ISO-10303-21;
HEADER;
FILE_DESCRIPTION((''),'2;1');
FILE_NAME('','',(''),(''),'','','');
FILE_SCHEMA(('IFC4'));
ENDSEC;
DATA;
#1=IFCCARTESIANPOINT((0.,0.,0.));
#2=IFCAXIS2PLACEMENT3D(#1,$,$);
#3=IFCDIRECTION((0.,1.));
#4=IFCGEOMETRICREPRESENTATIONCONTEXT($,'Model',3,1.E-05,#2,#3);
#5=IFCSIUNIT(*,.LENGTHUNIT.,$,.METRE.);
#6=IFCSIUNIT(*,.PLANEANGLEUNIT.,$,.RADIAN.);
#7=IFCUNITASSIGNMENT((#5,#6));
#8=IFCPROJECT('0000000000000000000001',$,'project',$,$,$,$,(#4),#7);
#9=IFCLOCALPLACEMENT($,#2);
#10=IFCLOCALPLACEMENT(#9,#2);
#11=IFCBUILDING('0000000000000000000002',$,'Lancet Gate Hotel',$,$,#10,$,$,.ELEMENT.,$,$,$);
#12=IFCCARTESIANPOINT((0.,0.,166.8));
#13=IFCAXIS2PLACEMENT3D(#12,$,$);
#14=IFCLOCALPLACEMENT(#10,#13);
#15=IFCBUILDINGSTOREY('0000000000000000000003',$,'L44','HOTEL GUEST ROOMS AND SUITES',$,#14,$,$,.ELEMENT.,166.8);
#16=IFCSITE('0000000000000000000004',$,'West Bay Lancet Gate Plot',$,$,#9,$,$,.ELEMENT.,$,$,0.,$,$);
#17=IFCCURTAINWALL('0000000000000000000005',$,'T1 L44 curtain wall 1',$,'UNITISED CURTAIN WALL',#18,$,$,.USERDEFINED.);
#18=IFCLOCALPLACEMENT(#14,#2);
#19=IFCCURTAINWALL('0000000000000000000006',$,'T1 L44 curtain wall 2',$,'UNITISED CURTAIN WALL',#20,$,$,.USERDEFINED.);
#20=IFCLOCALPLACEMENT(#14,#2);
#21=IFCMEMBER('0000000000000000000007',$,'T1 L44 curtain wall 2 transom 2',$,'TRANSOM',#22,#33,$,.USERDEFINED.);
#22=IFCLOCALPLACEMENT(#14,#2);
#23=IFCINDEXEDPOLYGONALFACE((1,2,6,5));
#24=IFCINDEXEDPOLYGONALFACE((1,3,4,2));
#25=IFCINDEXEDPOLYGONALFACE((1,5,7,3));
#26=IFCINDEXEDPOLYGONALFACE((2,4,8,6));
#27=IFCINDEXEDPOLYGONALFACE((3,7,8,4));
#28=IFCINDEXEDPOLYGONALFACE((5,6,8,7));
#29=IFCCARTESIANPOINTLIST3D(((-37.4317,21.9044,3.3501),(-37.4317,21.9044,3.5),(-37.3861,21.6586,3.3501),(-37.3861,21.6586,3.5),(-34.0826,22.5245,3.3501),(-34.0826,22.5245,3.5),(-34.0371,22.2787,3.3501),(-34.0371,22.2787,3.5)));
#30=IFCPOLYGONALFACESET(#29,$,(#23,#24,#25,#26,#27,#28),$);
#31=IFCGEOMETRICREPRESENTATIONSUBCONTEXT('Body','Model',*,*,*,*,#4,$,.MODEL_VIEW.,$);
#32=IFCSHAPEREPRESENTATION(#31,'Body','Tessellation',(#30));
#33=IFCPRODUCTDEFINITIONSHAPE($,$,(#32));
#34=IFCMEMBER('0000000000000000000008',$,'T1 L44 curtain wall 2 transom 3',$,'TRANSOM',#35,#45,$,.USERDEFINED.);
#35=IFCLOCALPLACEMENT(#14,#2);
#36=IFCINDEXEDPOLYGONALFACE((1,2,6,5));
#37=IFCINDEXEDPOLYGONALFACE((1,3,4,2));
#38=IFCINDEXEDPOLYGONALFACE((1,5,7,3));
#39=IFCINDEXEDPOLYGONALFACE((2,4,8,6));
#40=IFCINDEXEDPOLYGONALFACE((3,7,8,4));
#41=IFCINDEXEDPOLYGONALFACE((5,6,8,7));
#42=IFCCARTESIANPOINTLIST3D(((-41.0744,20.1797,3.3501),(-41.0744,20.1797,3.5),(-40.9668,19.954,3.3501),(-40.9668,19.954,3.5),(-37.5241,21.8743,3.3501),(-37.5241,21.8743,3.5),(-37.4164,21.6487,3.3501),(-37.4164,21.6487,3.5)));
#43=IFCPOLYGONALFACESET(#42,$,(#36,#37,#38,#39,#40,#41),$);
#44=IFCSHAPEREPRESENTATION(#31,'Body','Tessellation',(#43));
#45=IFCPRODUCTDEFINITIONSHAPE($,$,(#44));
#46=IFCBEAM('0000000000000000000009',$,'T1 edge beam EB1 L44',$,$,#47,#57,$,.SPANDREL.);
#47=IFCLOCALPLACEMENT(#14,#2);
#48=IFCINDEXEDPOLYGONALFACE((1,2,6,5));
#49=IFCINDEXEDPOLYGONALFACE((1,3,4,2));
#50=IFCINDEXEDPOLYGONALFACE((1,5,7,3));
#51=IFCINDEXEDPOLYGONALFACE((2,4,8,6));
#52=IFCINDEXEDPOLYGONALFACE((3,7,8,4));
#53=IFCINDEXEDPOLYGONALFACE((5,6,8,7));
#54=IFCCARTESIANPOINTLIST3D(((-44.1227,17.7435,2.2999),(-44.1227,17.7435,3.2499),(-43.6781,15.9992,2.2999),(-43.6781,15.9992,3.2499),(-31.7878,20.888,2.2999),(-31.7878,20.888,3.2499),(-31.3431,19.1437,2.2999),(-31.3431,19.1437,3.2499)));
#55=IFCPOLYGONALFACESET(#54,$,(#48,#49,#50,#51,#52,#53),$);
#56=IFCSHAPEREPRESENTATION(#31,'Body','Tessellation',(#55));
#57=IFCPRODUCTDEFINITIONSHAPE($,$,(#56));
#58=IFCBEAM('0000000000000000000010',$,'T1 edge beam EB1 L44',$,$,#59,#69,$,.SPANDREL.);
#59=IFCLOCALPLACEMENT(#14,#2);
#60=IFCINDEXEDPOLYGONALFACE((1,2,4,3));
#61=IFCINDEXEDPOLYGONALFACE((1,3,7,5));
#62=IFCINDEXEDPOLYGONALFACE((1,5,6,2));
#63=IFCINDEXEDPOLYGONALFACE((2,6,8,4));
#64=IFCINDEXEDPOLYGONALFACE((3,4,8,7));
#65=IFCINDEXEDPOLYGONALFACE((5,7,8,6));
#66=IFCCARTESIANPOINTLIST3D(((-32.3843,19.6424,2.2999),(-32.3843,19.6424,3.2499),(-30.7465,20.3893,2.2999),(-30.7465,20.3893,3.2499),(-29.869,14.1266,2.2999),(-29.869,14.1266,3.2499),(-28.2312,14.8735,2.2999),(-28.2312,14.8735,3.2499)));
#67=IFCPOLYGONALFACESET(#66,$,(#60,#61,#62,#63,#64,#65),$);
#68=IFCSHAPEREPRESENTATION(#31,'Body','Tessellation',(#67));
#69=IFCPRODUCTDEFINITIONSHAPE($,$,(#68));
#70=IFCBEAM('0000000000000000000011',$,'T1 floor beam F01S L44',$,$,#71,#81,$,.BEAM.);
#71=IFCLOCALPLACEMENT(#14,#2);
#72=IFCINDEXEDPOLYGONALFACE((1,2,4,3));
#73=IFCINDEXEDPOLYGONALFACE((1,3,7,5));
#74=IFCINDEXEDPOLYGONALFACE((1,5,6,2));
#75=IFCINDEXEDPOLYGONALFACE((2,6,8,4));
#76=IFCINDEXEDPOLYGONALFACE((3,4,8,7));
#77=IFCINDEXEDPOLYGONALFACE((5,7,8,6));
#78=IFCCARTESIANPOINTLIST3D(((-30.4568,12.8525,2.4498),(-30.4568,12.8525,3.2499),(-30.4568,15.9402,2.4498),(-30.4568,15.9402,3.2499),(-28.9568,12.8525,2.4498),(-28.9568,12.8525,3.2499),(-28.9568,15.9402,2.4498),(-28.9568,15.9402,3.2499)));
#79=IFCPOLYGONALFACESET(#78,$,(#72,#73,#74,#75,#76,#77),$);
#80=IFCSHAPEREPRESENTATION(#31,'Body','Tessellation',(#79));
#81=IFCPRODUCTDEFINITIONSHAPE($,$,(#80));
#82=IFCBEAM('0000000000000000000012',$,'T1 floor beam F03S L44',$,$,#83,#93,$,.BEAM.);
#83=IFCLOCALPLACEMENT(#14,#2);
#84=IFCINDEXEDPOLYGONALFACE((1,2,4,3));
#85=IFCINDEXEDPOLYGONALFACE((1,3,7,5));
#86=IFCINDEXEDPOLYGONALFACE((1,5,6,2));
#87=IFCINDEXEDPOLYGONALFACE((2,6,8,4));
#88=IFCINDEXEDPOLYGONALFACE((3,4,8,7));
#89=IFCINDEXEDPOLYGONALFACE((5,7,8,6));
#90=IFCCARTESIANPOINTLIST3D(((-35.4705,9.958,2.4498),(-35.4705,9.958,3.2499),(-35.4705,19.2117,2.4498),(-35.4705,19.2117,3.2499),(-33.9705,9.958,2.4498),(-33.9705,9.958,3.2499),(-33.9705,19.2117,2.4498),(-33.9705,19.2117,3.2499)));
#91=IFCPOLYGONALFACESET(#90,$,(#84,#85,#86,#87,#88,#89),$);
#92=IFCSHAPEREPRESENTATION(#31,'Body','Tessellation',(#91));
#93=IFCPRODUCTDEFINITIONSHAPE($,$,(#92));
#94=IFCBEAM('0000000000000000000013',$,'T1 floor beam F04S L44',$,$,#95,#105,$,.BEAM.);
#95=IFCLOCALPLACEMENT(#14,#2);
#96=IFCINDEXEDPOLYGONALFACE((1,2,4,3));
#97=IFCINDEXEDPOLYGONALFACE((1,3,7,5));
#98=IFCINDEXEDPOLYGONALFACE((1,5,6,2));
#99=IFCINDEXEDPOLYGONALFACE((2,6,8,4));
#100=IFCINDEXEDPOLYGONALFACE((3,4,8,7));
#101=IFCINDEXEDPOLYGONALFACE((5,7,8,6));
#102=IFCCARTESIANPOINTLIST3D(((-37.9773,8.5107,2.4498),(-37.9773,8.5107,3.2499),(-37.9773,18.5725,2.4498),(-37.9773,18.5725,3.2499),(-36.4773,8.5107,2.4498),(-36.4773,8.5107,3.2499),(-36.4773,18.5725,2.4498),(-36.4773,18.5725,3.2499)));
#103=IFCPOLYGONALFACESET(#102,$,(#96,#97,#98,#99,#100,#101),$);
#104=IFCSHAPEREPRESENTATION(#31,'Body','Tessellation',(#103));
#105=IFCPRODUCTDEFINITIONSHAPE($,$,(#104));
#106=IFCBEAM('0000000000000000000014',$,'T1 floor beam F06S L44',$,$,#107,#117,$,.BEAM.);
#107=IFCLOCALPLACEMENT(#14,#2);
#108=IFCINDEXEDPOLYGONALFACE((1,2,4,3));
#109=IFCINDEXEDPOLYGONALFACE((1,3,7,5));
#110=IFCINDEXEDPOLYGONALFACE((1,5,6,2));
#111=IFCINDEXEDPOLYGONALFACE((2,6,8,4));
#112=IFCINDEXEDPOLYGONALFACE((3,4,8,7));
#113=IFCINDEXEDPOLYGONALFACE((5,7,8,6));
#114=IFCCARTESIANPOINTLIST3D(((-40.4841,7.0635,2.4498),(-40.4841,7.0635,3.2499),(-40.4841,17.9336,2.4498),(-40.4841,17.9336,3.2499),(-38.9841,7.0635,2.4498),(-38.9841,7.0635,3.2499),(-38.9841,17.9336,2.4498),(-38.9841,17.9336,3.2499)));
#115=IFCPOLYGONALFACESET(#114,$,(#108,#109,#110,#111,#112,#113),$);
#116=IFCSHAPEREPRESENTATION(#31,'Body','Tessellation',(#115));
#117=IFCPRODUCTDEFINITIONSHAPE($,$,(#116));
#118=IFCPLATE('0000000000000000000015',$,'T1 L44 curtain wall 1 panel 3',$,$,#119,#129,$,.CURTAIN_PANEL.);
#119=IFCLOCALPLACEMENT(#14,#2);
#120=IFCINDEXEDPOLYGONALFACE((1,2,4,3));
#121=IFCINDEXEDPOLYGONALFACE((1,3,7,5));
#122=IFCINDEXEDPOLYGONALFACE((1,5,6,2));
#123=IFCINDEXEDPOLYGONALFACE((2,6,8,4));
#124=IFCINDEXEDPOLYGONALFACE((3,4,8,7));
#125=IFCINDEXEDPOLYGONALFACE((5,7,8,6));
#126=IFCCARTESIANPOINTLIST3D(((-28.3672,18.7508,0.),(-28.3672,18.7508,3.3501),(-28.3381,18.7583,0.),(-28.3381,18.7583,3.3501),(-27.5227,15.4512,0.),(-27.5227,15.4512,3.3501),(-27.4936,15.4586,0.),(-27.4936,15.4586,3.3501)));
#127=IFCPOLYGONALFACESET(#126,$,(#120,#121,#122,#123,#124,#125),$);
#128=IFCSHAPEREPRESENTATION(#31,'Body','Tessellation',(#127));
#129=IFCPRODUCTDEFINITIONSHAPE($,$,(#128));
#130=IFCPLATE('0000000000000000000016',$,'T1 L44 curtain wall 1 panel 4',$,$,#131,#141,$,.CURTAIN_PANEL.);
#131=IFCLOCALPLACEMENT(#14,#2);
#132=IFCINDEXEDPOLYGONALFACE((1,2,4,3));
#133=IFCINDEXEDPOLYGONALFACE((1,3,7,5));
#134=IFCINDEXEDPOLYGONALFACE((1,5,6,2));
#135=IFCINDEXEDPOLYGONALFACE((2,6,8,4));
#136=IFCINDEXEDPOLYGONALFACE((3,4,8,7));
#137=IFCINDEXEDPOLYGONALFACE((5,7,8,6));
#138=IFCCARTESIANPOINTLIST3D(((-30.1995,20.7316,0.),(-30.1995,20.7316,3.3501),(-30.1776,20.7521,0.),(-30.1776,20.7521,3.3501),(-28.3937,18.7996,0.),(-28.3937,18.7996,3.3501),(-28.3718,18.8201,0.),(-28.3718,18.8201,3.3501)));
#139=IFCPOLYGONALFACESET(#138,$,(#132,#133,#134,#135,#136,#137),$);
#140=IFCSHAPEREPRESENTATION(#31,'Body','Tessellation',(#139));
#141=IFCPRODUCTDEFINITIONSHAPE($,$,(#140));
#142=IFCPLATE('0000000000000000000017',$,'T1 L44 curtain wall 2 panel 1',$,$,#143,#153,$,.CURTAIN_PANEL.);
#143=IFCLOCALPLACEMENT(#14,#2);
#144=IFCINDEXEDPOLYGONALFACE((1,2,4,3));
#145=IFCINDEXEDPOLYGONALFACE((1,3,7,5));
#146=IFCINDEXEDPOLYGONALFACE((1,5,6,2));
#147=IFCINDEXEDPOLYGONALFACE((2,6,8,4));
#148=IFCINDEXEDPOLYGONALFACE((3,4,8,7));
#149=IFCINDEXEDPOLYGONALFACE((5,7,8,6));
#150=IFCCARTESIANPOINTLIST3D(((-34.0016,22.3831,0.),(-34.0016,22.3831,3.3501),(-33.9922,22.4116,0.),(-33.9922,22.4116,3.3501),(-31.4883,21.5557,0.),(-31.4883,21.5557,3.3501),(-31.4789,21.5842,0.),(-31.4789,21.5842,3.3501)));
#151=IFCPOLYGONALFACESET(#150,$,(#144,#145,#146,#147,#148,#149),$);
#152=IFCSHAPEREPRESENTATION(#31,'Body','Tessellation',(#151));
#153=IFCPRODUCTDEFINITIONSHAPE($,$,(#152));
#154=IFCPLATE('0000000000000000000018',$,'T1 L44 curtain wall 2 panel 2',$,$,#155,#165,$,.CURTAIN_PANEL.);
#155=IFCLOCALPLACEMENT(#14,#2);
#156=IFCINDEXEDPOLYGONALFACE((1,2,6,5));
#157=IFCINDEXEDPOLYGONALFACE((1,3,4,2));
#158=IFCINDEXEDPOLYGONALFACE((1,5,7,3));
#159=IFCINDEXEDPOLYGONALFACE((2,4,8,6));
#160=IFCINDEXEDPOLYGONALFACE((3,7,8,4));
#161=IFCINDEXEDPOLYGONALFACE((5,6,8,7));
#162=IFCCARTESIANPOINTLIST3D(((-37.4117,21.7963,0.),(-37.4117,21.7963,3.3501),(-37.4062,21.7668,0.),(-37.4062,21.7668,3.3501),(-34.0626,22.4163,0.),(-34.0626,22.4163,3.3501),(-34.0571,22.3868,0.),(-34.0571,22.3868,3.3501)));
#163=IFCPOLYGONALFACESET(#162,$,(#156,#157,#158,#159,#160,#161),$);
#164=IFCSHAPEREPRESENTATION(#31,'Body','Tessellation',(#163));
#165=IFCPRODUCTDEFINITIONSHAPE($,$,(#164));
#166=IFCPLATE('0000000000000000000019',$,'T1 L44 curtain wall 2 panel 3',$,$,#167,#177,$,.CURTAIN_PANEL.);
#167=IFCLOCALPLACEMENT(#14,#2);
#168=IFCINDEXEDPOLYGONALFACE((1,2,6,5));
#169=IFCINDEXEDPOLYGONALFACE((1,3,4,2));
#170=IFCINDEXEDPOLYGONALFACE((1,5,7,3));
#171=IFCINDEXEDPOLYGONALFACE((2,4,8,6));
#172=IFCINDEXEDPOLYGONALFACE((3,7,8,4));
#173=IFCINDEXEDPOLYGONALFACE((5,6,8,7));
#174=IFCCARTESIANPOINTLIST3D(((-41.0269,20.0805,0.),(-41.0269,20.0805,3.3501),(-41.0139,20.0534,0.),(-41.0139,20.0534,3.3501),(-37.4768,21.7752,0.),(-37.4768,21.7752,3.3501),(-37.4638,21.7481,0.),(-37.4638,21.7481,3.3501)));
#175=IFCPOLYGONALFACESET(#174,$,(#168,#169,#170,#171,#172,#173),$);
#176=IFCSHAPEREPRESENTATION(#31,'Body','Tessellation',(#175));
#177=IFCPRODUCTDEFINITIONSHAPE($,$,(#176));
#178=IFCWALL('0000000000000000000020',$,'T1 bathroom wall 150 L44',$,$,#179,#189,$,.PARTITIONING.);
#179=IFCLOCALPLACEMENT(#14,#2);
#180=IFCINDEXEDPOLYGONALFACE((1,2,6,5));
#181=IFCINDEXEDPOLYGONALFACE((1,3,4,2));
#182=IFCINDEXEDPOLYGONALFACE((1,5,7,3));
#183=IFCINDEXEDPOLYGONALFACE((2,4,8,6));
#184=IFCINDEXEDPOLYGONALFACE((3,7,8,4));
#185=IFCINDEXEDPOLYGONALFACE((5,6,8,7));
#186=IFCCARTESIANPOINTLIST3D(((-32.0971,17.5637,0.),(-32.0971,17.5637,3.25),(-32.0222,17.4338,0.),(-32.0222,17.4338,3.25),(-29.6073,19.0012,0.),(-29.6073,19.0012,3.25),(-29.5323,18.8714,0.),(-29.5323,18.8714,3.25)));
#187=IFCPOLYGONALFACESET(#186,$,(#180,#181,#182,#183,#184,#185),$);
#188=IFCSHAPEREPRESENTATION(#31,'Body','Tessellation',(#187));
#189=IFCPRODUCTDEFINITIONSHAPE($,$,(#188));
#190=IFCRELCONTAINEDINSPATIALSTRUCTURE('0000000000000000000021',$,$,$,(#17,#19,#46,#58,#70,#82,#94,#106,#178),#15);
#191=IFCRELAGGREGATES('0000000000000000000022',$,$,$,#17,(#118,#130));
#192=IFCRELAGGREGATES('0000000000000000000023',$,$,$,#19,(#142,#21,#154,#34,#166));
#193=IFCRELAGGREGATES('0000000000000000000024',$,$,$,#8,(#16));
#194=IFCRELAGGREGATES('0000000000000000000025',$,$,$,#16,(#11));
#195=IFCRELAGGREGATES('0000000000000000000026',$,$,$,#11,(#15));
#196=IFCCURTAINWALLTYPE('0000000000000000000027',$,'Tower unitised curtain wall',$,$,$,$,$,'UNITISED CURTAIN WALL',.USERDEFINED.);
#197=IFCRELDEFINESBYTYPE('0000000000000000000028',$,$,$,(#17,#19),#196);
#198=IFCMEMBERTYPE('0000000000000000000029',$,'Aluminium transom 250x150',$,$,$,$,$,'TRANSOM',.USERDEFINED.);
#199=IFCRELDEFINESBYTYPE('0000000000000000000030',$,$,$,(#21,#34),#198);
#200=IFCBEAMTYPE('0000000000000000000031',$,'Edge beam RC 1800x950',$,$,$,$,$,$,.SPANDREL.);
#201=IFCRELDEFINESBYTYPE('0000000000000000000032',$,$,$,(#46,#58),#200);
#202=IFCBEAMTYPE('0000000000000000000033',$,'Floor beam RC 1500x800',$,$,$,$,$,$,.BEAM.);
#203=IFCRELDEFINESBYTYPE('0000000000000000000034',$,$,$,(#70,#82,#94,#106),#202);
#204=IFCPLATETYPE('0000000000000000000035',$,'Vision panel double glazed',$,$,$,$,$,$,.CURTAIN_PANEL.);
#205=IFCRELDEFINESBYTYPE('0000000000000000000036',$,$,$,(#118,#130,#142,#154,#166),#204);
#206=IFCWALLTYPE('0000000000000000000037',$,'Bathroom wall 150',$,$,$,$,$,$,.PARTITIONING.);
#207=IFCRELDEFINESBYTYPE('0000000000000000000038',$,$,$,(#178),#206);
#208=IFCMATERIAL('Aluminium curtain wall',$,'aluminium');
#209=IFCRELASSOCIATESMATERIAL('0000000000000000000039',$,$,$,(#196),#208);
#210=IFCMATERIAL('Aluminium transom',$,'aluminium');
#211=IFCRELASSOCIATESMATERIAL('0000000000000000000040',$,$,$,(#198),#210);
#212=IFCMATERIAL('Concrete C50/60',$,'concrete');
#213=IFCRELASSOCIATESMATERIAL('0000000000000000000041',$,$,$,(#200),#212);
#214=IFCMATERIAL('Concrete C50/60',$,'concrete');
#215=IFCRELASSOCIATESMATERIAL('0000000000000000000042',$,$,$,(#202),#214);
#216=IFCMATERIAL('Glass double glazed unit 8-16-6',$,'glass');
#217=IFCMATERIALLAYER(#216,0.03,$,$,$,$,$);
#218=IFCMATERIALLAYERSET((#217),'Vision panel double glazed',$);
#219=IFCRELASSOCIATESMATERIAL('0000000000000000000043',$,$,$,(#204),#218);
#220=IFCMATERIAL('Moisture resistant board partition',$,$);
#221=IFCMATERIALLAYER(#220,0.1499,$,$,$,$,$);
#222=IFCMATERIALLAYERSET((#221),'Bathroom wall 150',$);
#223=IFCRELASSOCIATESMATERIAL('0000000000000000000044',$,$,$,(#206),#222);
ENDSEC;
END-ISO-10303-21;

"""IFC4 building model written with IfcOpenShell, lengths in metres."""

from ifc_helpers import new_model, si_unit, direction, frame, frame_2d, origin, origin_2d, place, context, subcontext, project, spatial, rectangle, extrude, material, layer, layer_set, material_profile, profile_set, type_object, element, aggregate, save


model = new_model("IFC4")

# Units and contexts
model_context = context("Model", 3, precision=1e-05, world=origin(), true_north=direction((0.0, 1.0)))
body_context = subcontext(model_context, "Body", "Model", "MODEL_VIEW")
ifc_project = project(units=[si_unit("LENGTHUNIT", "METRE"), si_unit("PLANEANGLEUNIT", "RADIAN")], contexts=[model_context])

# Site, building, storey
site_placement = place(None, origin())
site = spatial("IfcSite", under=ifc_project, at=site_placement, Name="West Bay Lancet Gate Plot", CompositionType="ELEMENT", RefElevation=0.0)
building_placement = place(site_placement, origin())
building = spatial("IfcBuilding", under=site, at=building_placement, Name="Lancet Gate Hotel", CompositionType="ELEMENT")
storey_placement = place(building_placement, frame((0.0, 0.0, 166.8)))
storey = spatial("IfcBuildingStorey", under=building, at=storey_placement, Name="L44", Description="HOTEL GUEST ROOMS AND SUITES", CompositionType="ELEMENT", Elevation=166.8)

# Curtain walls
ifc_material_1 = material(Name="Aluminium curtain wall", Category="aluminium")
curtain_wall_type = type_object("IfcCurtainWallType", Name="Tower unitised curtain wall", ElementType="UNITISED CURTAIN WALL", PredefinedType="USERDEFINED", material=ifc_material_1)
curtain_wall_1_placement = place(storey_placement, origin())
curtain_wall_1 = element("IfcCurtainWall", 1, at=curtain_wall_1_placement, inside=storey, type_object=curtain_wall_type, Name="T1 L44 curtain wall 1", ObjectType="UNITISED CURTAIN WALL", PredefinedType="USERDEFINED")
curtain_wall_2_placement = place(storey_placement, origin())
curtain_wall_2 = element("IfcCurtainWall", 2, at=curtain_wall_2_placement, inside=storey, type_object=curtain_wall_type, Name="T1 L44 curtain wall 2", ObjectType="UNITISED CURTAIN WALL", PredefinedType="USERDEFINED")

# Members
ifc_material_2 = material(Name="Aluminium transom", Category="aluminium")
ifc_material_profile_1 = material_profile(ifc_material_2, rectangle(XDim=0.25, YDim=0.1499, at=origin_2d()), Name="TRANSOM 250x150")
ifc_profile_set_1 = profile_set([ifc_material_profile_1], Name="Aluminium transom")
member_type_1 = type_object("IfcMemberType", Name="Aluminium transom 250x150", ElementType="TRANSOM", PredefinedType="USERDEFINED", material=ifc_profile_set_1)
member_1_placement = place(storey_placement, frame((-34.0598, 22.4016, 3.425), z_axis=(-0.983287, -0.182064, 0.0), x_axis=(0.182064, -0.983287, 0.0)))
member_1 = element("IfcMember", 3, at=member_1_placement, type_object=member_type_1, Name="T1 L44 curtain wall 2 transom 2", ObjectType="TRANSOM", PredefinedType="USERDEFINED", context=body_context, shape_type="SweptSolid", body=[
    extrude(rectangle(XDim=0.25, YDim=0.1499, at=origin_2d()), origin(), (0.0, 0.0, 1.0), 3.406),
])
member_2_placement = place(storey_placement, frame((-37.4702, 21.7615, 3.425), z_axis=(-0.902469, -0.430755, 0.0), x_axis=(0.430755, -0.902469, 0.0)))
member_2 = element("IfcMember", 4, at=member_2_placement, type_object=member_type_1, Name="T1 L44 curtain wall 2 transom 3", ObjectType="TRANSOM", PredefinedType="USERDEFINED", context=body_context, shape_type="SweptSolid", body=[
    extrude(rectangle(XDim=0.25, YDim=0.1499, at=origin_2d()), origin(), (0.0, 0.0, 1.0), 3.9341),
])

# Beams
ifc_material_3 = material(Name="Concrete C50/60", Category="concrete")
ifc_material_profile_2 = material_profile(ifc_material_3, rectangle(XDim=1.8, YDim=0.95, at=origin_2d()), Name="RC 1800x950")
ifc_profile_set_2 = profile_set([ifc_material_profile_2], Name="Concrete C50/60")
beam_type_1 = type_object("IfcBeamType", Name="Edge beam RC 1800x950", PredefinedType="SPANDREL", material=ifc_profile_set_2)
beam_1_placement = place(storey_placement, frame((-31.5654, 20.0159, 2.7749), z_axis=(-0.969008, -0.247028, 0.0), x_axis=(0.247028, -0.969008, 0.0)))
element("IfcBeam", 5, at=beam_1_placement, inside=storey, type_object=beam_type_1, Name="T1 edge beam EB1 L44", PredefinedType="SPANDREL", context=body_context, shape_type="SweptSolid", body=[
    extrude(rectangle(XDim=1.8, YDim=0.95, at=origin_2d()), origin(), (0.0, 0.0, 1.0), 12.7295),
])
beam_2_placement = place(storey_placement, frame((-31.5654, 20.0159, 2.7749), z_axis=(0.414919, -0.909858, 0.0), x_axis=(0.909858, 0.414919, 0.0)))
element("IfcBeam", 6, at=beam_2_placement, inside=storey, type_object=beam_type_1, Name="T1 edge beam EB1 L44", PredefinedType="SPANDREL", context=body_context, shape_type="SweptSolid", body=[
    extrude(rectangle(XDim=1.8, YDim=0.95, at=origin_2d()), origin(), (0.0, 0.0, 1.0), 6.0623),
])
ifc_material_4 = material(Name="Concrete C50/60", Category="concrete")
ifc_material_profile_3 = material_profile(ifc_material_4, rectangle(XDim=1.5, YDim=0.8, at=origin_2d()), Name="RC 1500x800")
ifc_profile_set_3 = profile_set([ifc_material_profile_3], Name="Concrete C50/60")
beam_type_2 = type_object("IfcBeamType", Name="Floor beam RC 1500x800", PredefinedType="BEAM", material=ifc_profile_set_3)
beam_3_placement = place(storey_placement, frame((-29.7068, 15.9402, 2.8499), z_axis=(0.0, -1.0, 0.0), x_axis=(1.0, 0.0, 0.0)))
element("IfcBeam", 7, at=beam_3_placement, inside=storey, type_object=beam_type_2, Name="T1 floor beam F01S L44", PredefinedType="BEAM", context=body_context, shape_type="SweptSolid", body=[
    extrude(rectangle(XDim=1.5, YDim=0.8, at=origin_2d()), origin(), (0.0, 0.0, 1.0), 3.0876),
])
beam_4_placement = place(storey_placement, frame((-34.7205, 19.2117, 2.8499), z_axis=(0.0, -1.0, 0.0), x_axis=(1.0, 0.0, 0.0)))
element("IfcBeam", 8, at=beam_4_placement, inside=storey, type_object=beam_type_2, Name="T1 floor beam F03S L44", PredefinedType="BEAM", context=body_context, shape_type="SweptSolid", body=[
    extrude(rectangle(XDim=1.5, YDim=0.8, at=origin_2d()), origin(), (0.0, 0.0, 1.0), 9.2537),
])
beam_5_placement = place(storey_placement, frame((-37.2273, 18.5725, 2.8499), z_axis=(0.0, -1.0, 0.0), x_axis=(1.0, 0.0, 0.0)))
element("IfcBeam", 9, at=beam_5_placement, inside=storey, type_object=beam_type_2, Name="T1 floor beam F04S L44", PredefinedType="BEAM", context=body_context, shape_type="SweptSolid", body=[
    extrude(rectangle(XDim=1.5, YDim=0.8, at=origin_2d()), origin(), (0.0, 0.0, 1.0), 10.0618),
])
beam_6_placement = place(storey_placement, frame((-39.7341, 17.9336, 2.8499), z_axis=(0.0, -1.0, 0.0), x_axis=(1.0, 0.0, 0.0)))
element("IfcBeam", 10, at=beam_6_placement, inside=storey, type_object=beam_type_2, Name="T1 floor beam F06S L44", PredefinedType="BEAM", context=body_context, shape_type="SweptSolid", body=[
    extrude(rectangle(XDim=1.5, YDim=0.8, at=origin_2d()), origin(), (0.0, 0.0, 1.0), 10.8701),
])

# Plates
ifc_material_5 = material(Name="Glass double glazed unit 8-16-6", Category="glass")
ifc_layer_1 = layer(ifc_material_5, 0.03)
ifc_layer_set_1 = layer_set([ifc_layer_1], Name="Vision panel double glazed")
plate_type = type_object("IfcPlateType", Name="Vision panel double glazed", PredefinedType="CURTAIN_PANEL", material=ifc_layer_set_1)
plate_1_placement = place(storey_placement, frame((-27.9304, 17.1047, 0.0), z_axis=(0.0, 0.0, 1.0), x_axis=(-0.247937, 0.968776, 0.0)))
plate_1 = element("IfcPlate", 11, at=plate_1_placement, type_object=plate_type, Name="T1 L44 curtain wall 1 panel 3", PredefinedType="CURTAIN_PANEL", context=body_context, shape_type="SweptSolid", body=[
    extrude(rectangle(XDim=3.406, YDim=0.03, at=origin_2d()), origin(), (0.0, 0.0, 1.0), 3.3501),
])
plate_2_placement = place(storey_placement, frame((-29.2856, 19.7759, 0.0), z_axis=(0.0, 0.0, 1.0), x_axis=(-0.682845, 0.730563, 0.0)))
plate_2 = element("IfcPlate", 12, at=plate_2_placement, type_object=plate_type, Name="T1 L44 curtain wall 1 panel 4", PredefinedType="CURTAIN_PANEL", context=body_context, shape_type="SweptSolid", body=[
    extrude(rectangle(XDim=2.6445, YDim=0.03, at=origin_2d()), origin(), (0.0, 0.0, 1.0), 3.3501),
])
aggregate(curtain_wall_1, [plate_1, plate_2])
plate_3_placement = place(storey_placement, frame((-32.7402, 21.9836, 0.0), z_axis=(0.0, 0.0, 1.0), x_axis=(-0.949848, 0.312712, 0.0)))
plate_3 = element("IfcPlate", 13, at=plate_3_placement, type_object=plate_type, Name="T1 L44 curtain wall 2 panel 1", PredefinedType="CURTAIN_PANEL", context=body_context, shape_type="SweptSolid", body=[
    extrude(rectangle(XDim=2.646, YDim=0.03, at=origin_2d()), origin(), (0.0, 0.0, 1.0), 3.3501),
])
plate_4_placement = place(storey_placement, frame((-35.7344, 22.0916, 0.0), z_axis=(0.0, 0.0, 1.0), x_axis=(-0.983292, -0.182033, 0.0)))
plate_4 = element("IfcPlate", 14, at=plate_4_placement, type_object=plate_type, Name="T1 L44 curtain wall 2 panel 2", PredefinedType="CURTAIN_PANEL", context=body_context, shape_type="SweptSolid", body=[
    extrude(rectangle(XDim=3.406, YDim=0.03, at=origin_2d()), origin(), (0.0, 0.0, 1.0), 3.3501),
])
plate_5_placement = place(storey_placement, frame((-39.2454, 20.9143, 0.0), z_axis=(0.0, 0.0, 1.0), x_axis=(-0.902454, -0.430787, 0.0)))
plate_5 = element("IfcPlate", 15, at=plate_5_placement, type_object=plate_type, Name="T1 L44 curtain wall 2 panel 3", PredefinedType="CURTAIN_PANEL", context=body_context, shape_type="SweptSolid", body=[
    extrude(rectangle(XDim=3.9338, YDim=0.03, at=origin_2d()), origin(), (0.0, 0.0, 1.0), 3.3501),
])
aggregate(curtain_wall_2, [plate_3, member_1, plate_4, member_2, plate_5])

# Wall
ifc_material_6 = material(Name="Moisture resistant board partition")
ifc_layer_2 = layer(ifc_material_6, 0.1499)
ifc_layer_set_2 = layer_set([ifc_layer_2], Name="Bathroom wall 150")
wall_type_1 = type_object("IfcWallType", Name="Bathroom wall 150", PredefinedType="PARTITIONING", material=ifc_layer_set_2)
wall_1_placement = place(storey_placement, frame((-29.5698, 18.9363, 0.0), z_axis=(0.0, 0.0, 1.0), x_axis=(-0.866019, -0.500012, 0.0)))
element("IfcWall", 16, at=wall_1_placement, inside=storey, type_object=wall_type_1, Name="T1 bathroom wall 150 L44", PredefinedType="PARTITIONING", context=body_context, shape_type="SweptSolid", body=[
    extrude(rectangle(XDim=2.875, YDim=0.1499, at=frame_2d((1.4375, 0.0))), origin(), (0.0, 0.0, 1.0), 3.25),
])

save(model, "model.ifc")
